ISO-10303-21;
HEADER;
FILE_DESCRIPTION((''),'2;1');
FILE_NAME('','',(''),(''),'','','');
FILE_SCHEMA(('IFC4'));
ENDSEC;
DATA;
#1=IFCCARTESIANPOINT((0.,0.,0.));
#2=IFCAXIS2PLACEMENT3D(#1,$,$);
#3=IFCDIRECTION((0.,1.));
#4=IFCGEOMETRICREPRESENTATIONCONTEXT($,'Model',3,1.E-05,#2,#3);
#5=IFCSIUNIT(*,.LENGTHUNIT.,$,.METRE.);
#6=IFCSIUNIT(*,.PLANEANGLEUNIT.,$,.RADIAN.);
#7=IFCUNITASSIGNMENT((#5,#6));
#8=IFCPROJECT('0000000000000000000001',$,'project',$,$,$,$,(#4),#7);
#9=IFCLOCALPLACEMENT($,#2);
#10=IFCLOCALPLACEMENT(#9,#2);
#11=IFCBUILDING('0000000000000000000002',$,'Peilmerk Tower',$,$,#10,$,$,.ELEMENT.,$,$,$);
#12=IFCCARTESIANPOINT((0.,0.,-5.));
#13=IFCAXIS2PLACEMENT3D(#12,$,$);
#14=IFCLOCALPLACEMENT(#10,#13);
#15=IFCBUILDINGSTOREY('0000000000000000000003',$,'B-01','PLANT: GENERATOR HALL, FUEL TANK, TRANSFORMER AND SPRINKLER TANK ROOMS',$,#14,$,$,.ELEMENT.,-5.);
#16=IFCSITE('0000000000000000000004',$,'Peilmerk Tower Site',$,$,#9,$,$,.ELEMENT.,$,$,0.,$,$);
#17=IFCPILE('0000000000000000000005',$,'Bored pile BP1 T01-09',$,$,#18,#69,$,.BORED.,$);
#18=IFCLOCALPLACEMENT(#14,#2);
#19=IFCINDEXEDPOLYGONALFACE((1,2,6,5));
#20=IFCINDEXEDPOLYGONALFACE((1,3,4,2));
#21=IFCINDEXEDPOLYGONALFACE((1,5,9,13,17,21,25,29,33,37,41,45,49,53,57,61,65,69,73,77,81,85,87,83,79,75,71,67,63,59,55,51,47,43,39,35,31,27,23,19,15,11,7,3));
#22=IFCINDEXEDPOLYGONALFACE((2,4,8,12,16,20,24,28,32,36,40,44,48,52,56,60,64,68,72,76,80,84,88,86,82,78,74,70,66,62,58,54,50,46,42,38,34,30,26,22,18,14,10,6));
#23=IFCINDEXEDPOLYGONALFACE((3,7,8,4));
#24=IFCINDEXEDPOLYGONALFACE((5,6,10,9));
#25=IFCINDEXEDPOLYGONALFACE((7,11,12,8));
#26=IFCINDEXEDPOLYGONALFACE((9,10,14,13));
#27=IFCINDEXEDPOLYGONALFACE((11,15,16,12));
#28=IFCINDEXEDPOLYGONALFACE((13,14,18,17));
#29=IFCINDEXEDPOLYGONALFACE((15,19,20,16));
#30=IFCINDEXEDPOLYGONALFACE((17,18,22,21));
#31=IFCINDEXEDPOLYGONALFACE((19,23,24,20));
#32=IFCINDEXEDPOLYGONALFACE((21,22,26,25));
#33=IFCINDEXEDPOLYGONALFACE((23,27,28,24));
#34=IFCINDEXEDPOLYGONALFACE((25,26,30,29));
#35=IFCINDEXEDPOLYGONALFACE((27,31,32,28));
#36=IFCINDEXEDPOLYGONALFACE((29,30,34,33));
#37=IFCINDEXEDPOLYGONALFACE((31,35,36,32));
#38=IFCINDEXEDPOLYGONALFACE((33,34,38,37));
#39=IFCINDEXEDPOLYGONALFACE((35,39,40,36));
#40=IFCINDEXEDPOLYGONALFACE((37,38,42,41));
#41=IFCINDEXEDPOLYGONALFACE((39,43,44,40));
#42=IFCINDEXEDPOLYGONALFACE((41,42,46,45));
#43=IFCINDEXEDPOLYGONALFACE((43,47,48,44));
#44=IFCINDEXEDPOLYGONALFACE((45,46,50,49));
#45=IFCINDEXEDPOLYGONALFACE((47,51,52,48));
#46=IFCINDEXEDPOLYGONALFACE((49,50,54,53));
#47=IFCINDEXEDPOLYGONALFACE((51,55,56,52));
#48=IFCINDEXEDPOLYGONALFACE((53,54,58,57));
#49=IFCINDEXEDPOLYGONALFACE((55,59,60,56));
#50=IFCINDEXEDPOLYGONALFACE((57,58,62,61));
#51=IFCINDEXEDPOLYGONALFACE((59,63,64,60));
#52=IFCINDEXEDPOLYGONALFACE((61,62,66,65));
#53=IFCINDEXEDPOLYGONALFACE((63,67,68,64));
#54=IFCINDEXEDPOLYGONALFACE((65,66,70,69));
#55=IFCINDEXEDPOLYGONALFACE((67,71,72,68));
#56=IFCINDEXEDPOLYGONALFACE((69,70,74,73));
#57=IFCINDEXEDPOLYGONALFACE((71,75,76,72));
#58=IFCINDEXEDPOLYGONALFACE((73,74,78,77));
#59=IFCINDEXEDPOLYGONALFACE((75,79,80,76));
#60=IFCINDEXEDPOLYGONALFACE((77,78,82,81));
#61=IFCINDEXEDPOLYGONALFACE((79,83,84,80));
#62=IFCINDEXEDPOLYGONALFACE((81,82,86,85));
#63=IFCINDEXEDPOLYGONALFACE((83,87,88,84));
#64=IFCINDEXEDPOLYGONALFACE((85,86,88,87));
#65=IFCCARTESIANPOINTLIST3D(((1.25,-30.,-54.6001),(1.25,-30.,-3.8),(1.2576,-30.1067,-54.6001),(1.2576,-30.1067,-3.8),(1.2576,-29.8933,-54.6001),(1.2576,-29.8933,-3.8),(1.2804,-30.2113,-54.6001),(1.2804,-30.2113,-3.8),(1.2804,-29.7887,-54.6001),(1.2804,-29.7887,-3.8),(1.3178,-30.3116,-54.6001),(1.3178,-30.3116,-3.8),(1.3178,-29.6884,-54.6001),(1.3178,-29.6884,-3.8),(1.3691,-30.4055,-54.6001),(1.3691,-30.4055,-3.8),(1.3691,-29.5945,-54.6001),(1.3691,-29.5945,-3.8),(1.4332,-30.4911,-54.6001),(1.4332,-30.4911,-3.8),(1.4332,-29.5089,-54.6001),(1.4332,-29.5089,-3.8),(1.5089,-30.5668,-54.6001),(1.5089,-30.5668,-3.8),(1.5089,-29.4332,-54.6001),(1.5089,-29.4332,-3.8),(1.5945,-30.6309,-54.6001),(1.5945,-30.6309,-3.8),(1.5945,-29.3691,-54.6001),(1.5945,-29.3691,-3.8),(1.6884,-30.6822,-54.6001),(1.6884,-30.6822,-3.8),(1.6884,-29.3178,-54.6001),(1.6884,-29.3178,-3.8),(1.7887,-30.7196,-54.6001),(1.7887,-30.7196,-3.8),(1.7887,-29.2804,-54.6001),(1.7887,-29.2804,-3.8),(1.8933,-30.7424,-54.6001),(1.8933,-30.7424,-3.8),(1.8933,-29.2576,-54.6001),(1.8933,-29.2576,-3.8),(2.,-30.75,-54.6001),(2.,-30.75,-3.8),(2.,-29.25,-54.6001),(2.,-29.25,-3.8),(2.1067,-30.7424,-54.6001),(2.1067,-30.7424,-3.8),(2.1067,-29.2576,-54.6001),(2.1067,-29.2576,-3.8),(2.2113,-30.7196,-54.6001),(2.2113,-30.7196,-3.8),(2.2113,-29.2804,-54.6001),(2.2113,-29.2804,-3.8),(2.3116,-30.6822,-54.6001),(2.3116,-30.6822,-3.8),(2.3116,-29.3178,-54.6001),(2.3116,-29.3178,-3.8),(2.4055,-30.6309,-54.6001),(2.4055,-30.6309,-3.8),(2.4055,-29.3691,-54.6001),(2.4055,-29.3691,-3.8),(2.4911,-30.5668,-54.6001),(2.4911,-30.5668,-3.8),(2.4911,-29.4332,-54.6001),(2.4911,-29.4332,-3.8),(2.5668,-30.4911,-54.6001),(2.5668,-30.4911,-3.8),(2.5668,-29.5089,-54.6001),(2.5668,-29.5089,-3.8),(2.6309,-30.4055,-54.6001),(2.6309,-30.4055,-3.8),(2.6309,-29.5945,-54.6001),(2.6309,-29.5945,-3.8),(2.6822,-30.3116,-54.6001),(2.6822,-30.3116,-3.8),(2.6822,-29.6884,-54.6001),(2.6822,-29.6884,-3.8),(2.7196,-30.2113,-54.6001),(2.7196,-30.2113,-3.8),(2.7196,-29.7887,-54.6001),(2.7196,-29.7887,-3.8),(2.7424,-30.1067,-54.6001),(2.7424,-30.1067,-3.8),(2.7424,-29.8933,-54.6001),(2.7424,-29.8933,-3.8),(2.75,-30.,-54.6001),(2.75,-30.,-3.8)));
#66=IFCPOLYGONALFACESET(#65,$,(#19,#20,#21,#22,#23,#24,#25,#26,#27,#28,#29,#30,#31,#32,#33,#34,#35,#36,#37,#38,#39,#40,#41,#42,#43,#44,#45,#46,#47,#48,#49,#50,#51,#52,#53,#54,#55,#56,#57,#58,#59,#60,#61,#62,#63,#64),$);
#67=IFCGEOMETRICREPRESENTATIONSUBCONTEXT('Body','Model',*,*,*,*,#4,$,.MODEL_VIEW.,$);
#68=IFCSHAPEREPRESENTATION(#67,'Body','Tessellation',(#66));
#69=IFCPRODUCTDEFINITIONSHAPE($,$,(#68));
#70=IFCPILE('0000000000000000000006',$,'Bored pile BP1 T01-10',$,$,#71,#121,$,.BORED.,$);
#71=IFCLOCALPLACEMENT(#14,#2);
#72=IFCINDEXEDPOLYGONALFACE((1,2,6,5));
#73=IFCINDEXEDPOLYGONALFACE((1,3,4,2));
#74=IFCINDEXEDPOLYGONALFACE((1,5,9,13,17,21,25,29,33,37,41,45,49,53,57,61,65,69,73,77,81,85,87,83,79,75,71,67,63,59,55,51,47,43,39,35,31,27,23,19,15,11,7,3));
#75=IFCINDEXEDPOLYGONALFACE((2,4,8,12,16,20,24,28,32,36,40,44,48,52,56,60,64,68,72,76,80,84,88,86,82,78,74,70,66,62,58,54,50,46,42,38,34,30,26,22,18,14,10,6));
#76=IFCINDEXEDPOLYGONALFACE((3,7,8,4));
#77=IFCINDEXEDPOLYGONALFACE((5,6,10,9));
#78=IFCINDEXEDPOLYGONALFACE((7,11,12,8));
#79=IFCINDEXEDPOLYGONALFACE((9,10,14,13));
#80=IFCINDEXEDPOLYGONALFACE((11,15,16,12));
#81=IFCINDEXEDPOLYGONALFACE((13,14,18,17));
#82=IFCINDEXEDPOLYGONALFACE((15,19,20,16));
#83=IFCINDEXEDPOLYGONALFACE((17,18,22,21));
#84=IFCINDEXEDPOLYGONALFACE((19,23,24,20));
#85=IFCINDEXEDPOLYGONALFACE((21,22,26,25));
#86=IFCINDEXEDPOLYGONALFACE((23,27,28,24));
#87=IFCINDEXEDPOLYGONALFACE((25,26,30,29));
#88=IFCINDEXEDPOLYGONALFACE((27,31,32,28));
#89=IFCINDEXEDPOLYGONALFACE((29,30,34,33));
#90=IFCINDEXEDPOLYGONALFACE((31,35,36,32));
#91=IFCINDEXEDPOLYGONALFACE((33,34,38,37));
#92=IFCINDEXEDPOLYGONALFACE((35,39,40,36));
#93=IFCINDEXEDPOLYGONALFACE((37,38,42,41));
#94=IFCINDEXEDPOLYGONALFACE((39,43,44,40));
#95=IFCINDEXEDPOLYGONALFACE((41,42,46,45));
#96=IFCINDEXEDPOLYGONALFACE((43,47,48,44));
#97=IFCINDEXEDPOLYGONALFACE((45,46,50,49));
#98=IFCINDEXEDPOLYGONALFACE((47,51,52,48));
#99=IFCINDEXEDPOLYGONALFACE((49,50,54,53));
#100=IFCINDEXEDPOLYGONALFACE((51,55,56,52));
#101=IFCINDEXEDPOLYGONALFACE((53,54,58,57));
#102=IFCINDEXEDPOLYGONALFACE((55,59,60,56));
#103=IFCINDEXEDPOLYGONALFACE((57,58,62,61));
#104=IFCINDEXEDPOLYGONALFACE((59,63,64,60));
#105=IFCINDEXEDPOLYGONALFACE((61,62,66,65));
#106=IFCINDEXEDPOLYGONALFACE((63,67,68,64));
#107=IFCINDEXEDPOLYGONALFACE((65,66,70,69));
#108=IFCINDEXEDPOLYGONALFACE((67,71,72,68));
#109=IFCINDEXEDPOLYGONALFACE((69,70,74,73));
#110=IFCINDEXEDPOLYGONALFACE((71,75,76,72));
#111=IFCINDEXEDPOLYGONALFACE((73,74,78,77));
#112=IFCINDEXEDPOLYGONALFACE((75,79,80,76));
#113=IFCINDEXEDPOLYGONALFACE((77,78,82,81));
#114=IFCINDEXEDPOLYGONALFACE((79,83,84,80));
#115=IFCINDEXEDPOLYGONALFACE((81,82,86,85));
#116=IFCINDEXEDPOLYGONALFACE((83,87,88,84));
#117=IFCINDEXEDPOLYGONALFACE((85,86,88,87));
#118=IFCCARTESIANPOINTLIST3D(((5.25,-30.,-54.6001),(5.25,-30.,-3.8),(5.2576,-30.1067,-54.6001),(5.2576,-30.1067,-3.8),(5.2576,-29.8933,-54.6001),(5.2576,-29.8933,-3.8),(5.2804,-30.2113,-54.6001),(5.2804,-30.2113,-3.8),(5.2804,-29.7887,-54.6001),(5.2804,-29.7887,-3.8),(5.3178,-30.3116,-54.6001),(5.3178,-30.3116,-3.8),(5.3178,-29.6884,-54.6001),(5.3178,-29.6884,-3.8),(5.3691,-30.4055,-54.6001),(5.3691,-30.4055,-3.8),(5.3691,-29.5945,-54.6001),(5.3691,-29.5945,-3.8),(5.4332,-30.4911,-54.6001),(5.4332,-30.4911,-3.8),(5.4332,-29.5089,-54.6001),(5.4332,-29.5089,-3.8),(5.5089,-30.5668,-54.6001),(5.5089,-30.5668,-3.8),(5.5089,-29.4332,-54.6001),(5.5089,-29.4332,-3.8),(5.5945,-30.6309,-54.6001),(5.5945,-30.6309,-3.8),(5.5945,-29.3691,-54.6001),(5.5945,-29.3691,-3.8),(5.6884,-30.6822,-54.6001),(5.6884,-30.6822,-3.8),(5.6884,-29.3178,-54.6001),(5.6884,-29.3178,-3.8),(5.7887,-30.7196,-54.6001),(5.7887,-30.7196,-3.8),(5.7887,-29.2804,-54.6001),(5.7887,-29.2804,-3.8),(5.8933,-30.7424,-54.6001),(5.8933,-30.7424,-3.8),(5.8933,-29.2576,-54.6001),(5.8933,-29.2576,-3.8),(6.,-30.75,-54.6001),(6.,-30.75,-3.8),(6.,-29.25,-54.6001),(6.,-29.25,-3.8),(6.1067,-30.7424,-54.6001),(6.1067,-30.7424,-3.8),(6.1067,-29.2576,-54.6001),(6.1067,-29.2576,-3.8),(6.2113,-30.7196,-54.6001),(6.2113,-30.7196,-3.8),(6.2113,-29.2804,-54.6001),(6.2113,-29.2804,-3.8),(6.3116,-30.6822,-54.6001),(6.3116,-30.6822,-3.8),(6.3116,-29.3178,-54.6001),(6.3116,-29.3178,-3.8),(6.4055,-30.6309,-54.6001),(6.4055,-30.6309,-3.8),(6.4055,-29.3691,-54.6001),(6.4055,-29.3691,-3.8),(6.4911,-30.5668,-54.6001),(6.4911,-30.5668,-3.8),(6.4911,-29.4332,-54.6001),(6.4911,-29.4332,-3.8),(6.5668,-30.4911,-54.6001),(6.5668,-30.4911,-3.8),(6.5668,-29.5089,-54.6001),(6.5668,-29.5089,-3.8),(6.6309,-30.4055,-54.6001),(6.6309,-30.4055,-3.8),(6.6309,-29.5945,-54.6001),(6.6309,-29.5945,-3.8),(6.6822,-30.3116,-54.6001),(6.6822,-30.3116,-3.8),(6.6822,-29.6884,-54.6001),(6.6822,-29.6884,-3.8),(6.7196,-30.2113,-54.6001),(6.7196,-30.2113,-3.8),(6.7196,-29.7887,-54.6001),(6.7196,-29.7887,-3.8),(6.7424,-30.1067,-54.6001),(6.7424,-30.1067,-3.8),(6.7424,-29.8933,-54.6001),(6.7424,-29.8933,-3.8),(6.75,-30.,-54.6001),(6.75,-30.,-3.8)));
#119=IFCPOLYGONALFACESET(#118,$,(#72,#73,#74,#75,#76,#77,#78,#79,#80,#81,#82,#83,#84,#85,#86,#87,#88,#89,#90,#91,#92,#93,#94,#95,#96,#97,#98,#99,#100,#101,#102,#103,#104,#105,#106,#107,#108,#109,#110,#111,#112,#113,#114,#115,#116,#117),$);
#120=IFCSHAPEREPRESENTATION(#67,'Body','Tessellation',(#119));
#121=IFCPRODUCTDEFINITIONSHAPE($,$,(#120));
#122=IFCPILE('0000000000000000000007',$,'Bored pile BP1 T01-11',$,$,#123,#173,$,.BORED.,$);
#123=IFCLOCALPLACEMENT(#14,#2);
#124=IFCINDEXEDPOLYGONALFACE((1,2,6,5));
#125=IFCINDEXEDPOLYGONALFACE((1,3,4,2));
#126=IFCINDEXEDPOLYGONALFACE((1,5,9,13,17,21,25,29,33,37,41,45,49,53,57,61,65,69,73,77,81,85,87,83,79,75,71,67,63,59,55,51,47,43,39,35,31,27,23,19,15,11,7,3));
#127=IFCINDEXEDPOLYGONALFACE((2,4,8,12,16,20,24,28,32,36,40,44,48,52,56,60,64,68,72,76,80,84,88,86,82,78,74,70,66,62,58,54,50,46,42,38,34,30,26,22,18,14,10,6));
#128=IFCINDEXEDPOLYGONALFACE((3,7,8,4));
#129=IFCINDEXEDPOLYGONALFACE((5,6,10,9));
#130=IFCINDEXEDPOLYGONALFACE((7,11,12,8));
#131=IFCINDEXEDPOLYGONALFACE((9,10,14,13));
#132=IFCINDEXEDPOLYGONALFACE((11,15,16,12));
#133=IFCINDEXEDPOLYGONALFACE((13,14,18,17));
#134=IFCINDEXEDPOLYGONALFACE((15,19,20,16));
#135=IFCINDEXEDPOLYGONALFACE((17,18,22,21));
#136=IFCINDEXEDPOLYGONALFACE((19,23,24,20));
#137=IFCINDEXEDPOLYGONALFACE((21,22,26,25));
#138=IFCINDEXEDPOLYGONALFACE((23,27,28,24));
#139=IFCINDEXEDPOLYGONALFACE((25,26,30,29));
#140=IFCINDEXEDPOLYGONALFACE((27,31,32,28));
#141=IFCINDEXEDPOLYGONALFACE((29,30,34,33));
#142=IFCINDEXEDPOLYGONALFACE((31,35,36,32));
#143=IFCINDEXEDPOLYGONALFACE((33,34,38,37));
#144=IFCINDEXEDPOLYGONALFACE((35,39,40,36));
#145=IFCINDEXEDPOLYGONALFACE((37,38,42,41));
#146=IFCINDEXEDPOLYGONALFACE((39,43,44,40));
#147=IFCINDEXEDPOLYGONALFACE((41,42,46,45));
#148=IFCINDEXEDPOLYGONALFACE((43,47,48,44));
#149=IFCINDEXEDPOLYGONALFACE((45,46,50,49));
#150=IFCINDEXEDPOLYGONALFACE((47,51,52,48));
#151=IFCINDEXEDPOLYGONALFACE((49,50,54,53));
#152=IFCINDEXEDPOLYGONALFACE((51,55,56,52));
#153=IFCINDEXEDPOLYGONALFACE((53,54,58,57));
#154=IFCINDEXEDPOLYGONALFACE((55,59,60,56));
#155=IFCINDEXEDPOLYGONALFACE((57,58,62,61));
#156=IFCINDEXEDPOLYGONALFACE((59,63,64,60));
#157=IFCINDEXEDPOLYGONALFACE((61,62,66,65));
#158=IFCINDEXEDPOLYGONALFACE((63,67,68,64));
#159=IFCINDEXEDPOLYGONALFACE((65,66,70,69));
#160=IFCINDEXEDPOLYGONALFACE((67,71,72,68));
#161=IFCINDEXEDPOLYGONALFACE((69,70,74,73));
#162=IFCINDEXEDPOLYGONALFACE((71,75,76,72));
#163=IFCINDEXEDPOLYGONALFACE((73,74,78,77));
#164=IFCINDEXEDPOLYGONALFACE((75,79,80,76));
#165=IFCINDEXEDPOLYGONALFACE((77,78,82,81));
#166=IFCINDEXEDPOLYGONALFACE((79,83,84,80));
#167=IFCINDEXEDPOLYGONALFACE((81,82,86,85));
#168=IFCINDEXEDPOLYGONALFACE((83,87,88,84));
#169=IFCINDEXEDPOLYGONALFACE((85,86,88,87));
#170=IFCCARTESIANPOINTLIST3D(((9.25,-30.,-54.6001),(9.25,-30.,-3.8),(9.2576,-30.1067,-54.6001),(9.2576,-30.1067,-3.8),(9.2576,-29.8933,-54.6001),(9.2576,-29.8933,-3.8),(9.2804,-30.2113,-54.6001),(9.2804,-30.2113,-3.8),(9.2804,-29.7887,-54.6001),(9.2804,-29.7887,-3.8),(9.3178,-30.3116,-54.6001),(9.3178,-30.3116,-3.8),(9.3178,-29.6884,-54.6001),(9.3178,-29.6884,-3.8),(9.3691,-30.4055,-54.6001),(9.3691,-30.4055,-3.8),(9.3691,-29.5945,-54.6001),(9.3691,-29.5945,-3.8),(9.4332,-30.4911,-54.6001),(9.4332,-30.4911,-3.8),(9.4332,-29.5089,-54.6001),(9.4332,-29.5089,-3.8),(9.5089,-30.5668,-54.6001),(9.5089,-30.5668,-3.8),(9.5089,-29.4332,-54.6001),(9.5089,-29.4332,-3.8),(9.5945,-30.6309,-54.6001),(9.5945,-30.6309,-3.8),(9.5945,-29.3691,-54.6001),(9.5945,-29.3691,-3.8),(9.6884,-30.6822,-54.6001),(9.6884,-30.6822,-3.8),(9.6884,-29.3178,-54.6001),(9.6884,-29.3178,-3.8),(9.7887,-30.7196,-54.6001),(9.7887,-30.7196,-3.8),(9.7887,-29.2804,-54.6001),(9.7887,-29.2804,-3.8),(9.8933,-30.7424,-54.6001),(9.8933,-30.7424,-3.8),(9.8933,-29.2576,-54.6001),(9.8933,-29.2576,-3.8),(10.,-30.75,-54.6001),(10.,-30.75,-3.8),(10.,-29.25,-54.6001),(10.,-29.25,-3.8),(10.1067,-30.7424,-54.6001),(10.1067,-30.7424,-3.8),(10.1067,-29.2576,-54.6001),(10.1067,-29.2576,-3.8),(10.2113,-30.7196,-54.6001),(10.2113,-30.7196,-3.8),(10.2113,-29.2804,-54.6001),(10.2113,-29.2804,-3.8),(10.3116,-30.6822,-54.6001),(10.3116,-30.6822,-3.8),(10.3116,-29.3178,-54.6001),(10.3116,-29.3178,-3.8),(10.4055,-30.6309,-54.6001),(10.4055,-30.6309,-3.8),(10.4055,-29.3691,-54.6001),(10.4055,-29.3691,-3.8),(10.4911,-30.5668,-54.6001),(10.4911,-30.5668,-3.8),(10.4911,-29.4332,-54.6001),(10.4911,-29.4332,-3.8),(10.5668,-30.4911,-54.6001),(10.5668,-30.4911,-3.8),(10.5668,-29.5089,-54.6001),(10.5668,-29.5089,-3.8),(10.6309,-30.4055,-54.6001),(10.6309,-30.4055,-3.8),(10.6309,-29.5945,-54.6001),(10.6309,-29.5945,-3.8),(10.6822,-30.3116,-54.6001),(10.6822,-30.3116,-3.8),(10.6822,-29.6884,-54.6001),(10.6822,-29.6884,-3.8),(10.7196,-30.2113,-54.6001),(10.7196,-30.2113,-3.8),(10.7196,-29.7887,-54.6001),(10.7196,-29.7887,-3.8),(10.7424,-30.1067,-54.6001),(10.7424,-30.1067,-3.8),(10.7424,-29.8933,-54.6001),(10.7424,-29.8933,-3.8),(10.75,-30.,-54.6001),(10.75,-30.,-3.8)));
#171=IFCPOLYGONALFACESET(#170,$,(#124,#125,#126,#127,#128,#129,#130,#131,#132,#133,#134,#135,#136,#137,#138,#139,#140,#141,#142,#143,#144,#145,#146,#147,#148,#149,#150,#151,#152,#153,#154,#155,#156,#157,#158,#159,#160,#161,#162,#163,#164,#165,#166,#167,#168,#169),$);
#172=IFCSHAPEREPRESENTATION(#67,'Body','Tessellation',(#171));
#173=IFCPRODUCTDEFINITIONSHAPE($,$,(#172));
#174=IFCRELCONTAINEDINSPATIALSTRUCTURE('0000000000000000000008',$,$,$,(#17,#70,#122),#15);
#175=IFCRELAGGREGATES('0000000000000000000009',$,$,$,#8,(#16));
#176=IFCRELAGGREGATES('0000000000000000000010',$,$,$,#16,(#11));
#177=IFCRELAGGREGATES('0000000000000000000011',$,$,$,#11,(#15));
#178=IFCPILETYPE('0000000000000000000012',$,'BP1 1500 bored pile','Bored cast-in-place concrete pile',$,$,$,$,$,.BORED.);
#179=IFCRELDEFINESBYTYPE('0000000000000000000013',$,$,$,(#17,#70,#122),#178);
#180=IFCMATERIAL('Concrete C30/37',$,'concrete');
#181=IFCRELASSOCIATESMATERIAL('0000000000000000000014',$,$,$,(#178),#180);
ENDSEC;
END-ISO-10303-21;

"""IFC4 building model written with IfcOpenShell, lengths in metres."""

from ifc_helpers import new_model, si_unit, direction, frame, origin, origin_2d, place, context, subcontext, project, spatial, circle, extrude, material, material_profile, profile_set, type_object, element, save


model = new_model("IFC4")

# Units and contexts
model_context = context("Model", 3, precision=1e-05, world=origin(), true_north=direction((0.0, 1.0)))
body_context = subcontext(model_context, "Body", "Model", "MODEL_VIEW")
ifc_project = project(units=[si_unit("LENGTHUNIT", "METRE"), si_unit("PLANEANGLEUNIT", "RADIAN")], contexts=[model_context])

# Site, building, storey
site_placement = place(None, origin())
site = spatial("IfcSite", under=ifc_project, at=site_placement, Name="Peilmerk Tower Site", CompositionType="ELEMENT", RefElevation=0.0)
building_placement = place(site_placement, origin())
building = spatial("IfcBuilding", under=site, at=building_placement, Name="Peilmerk Tower", CompositionType="ELEMENT")
storey_placement = place(building_placement, frame((0.0, 0.0, -5.0)))
storey = spatial("IfcBuildingStorey", under=building, at=storey_placement, Name="B-01", Description="PLANT: GENERATOR HALL, FUEL TANK, TRANSFORMER AND SPRINKLER TANK ROOMS", CompositionType="ELEMENT", Elevation=-5.0)

# Piles
ifc_material_1 = material(Name="Concrete C30/37", Category="concrete")
ifc_material_profile_1 = material_profile(ifc_material_1, circle(Radius=0.75, at=origin_2d()), Name="BP 1500")
ifc_profile_set_1 = profile_set([ifc_material_profile_1], Name="Concrete C30/37")
pile_type = type_object("IfcPileType", Name="BP1 1500 bored pile", Description="Bored cast-in-place concrete pile", PredefinedType="BORED", material=ifc_profile_set_1)
for number, where, z_axis, x_axis, name in (
    (1, (2.0, -30.0, -3.8), (0.0, 0.0, -1.0), (1.0, 0.0, 0.0), "Bored pile BP1 T01-09"),
    (2, (6.0, -30.0, -3.8), (0.0, 0.0, -1.0), (1.0, 0.0, 0.0), "Bored pile BP1 T01-10"),
    (3, (10.0, -30.0, -3.8), (0.0, 0.0, -1.0), (1.0, 0.0, 0.0), "Bored pile BP1 T01-11"),
):
    element("IfcPile", number, at=place(storey_placement, frame(where, z_axis=z_axis, x_axis=x_axis)), inside=storey, type_object=pile_type, Name=name, PredefinedType="BORED", context=body_context, shape_type="SweptSolid", body=[
        extrude(circle(Radius=0.75, at=origin_2d()), origin(), (0.0, 0.0, 1.0), 50.8),
    ])

save(model, "model.ifc")
